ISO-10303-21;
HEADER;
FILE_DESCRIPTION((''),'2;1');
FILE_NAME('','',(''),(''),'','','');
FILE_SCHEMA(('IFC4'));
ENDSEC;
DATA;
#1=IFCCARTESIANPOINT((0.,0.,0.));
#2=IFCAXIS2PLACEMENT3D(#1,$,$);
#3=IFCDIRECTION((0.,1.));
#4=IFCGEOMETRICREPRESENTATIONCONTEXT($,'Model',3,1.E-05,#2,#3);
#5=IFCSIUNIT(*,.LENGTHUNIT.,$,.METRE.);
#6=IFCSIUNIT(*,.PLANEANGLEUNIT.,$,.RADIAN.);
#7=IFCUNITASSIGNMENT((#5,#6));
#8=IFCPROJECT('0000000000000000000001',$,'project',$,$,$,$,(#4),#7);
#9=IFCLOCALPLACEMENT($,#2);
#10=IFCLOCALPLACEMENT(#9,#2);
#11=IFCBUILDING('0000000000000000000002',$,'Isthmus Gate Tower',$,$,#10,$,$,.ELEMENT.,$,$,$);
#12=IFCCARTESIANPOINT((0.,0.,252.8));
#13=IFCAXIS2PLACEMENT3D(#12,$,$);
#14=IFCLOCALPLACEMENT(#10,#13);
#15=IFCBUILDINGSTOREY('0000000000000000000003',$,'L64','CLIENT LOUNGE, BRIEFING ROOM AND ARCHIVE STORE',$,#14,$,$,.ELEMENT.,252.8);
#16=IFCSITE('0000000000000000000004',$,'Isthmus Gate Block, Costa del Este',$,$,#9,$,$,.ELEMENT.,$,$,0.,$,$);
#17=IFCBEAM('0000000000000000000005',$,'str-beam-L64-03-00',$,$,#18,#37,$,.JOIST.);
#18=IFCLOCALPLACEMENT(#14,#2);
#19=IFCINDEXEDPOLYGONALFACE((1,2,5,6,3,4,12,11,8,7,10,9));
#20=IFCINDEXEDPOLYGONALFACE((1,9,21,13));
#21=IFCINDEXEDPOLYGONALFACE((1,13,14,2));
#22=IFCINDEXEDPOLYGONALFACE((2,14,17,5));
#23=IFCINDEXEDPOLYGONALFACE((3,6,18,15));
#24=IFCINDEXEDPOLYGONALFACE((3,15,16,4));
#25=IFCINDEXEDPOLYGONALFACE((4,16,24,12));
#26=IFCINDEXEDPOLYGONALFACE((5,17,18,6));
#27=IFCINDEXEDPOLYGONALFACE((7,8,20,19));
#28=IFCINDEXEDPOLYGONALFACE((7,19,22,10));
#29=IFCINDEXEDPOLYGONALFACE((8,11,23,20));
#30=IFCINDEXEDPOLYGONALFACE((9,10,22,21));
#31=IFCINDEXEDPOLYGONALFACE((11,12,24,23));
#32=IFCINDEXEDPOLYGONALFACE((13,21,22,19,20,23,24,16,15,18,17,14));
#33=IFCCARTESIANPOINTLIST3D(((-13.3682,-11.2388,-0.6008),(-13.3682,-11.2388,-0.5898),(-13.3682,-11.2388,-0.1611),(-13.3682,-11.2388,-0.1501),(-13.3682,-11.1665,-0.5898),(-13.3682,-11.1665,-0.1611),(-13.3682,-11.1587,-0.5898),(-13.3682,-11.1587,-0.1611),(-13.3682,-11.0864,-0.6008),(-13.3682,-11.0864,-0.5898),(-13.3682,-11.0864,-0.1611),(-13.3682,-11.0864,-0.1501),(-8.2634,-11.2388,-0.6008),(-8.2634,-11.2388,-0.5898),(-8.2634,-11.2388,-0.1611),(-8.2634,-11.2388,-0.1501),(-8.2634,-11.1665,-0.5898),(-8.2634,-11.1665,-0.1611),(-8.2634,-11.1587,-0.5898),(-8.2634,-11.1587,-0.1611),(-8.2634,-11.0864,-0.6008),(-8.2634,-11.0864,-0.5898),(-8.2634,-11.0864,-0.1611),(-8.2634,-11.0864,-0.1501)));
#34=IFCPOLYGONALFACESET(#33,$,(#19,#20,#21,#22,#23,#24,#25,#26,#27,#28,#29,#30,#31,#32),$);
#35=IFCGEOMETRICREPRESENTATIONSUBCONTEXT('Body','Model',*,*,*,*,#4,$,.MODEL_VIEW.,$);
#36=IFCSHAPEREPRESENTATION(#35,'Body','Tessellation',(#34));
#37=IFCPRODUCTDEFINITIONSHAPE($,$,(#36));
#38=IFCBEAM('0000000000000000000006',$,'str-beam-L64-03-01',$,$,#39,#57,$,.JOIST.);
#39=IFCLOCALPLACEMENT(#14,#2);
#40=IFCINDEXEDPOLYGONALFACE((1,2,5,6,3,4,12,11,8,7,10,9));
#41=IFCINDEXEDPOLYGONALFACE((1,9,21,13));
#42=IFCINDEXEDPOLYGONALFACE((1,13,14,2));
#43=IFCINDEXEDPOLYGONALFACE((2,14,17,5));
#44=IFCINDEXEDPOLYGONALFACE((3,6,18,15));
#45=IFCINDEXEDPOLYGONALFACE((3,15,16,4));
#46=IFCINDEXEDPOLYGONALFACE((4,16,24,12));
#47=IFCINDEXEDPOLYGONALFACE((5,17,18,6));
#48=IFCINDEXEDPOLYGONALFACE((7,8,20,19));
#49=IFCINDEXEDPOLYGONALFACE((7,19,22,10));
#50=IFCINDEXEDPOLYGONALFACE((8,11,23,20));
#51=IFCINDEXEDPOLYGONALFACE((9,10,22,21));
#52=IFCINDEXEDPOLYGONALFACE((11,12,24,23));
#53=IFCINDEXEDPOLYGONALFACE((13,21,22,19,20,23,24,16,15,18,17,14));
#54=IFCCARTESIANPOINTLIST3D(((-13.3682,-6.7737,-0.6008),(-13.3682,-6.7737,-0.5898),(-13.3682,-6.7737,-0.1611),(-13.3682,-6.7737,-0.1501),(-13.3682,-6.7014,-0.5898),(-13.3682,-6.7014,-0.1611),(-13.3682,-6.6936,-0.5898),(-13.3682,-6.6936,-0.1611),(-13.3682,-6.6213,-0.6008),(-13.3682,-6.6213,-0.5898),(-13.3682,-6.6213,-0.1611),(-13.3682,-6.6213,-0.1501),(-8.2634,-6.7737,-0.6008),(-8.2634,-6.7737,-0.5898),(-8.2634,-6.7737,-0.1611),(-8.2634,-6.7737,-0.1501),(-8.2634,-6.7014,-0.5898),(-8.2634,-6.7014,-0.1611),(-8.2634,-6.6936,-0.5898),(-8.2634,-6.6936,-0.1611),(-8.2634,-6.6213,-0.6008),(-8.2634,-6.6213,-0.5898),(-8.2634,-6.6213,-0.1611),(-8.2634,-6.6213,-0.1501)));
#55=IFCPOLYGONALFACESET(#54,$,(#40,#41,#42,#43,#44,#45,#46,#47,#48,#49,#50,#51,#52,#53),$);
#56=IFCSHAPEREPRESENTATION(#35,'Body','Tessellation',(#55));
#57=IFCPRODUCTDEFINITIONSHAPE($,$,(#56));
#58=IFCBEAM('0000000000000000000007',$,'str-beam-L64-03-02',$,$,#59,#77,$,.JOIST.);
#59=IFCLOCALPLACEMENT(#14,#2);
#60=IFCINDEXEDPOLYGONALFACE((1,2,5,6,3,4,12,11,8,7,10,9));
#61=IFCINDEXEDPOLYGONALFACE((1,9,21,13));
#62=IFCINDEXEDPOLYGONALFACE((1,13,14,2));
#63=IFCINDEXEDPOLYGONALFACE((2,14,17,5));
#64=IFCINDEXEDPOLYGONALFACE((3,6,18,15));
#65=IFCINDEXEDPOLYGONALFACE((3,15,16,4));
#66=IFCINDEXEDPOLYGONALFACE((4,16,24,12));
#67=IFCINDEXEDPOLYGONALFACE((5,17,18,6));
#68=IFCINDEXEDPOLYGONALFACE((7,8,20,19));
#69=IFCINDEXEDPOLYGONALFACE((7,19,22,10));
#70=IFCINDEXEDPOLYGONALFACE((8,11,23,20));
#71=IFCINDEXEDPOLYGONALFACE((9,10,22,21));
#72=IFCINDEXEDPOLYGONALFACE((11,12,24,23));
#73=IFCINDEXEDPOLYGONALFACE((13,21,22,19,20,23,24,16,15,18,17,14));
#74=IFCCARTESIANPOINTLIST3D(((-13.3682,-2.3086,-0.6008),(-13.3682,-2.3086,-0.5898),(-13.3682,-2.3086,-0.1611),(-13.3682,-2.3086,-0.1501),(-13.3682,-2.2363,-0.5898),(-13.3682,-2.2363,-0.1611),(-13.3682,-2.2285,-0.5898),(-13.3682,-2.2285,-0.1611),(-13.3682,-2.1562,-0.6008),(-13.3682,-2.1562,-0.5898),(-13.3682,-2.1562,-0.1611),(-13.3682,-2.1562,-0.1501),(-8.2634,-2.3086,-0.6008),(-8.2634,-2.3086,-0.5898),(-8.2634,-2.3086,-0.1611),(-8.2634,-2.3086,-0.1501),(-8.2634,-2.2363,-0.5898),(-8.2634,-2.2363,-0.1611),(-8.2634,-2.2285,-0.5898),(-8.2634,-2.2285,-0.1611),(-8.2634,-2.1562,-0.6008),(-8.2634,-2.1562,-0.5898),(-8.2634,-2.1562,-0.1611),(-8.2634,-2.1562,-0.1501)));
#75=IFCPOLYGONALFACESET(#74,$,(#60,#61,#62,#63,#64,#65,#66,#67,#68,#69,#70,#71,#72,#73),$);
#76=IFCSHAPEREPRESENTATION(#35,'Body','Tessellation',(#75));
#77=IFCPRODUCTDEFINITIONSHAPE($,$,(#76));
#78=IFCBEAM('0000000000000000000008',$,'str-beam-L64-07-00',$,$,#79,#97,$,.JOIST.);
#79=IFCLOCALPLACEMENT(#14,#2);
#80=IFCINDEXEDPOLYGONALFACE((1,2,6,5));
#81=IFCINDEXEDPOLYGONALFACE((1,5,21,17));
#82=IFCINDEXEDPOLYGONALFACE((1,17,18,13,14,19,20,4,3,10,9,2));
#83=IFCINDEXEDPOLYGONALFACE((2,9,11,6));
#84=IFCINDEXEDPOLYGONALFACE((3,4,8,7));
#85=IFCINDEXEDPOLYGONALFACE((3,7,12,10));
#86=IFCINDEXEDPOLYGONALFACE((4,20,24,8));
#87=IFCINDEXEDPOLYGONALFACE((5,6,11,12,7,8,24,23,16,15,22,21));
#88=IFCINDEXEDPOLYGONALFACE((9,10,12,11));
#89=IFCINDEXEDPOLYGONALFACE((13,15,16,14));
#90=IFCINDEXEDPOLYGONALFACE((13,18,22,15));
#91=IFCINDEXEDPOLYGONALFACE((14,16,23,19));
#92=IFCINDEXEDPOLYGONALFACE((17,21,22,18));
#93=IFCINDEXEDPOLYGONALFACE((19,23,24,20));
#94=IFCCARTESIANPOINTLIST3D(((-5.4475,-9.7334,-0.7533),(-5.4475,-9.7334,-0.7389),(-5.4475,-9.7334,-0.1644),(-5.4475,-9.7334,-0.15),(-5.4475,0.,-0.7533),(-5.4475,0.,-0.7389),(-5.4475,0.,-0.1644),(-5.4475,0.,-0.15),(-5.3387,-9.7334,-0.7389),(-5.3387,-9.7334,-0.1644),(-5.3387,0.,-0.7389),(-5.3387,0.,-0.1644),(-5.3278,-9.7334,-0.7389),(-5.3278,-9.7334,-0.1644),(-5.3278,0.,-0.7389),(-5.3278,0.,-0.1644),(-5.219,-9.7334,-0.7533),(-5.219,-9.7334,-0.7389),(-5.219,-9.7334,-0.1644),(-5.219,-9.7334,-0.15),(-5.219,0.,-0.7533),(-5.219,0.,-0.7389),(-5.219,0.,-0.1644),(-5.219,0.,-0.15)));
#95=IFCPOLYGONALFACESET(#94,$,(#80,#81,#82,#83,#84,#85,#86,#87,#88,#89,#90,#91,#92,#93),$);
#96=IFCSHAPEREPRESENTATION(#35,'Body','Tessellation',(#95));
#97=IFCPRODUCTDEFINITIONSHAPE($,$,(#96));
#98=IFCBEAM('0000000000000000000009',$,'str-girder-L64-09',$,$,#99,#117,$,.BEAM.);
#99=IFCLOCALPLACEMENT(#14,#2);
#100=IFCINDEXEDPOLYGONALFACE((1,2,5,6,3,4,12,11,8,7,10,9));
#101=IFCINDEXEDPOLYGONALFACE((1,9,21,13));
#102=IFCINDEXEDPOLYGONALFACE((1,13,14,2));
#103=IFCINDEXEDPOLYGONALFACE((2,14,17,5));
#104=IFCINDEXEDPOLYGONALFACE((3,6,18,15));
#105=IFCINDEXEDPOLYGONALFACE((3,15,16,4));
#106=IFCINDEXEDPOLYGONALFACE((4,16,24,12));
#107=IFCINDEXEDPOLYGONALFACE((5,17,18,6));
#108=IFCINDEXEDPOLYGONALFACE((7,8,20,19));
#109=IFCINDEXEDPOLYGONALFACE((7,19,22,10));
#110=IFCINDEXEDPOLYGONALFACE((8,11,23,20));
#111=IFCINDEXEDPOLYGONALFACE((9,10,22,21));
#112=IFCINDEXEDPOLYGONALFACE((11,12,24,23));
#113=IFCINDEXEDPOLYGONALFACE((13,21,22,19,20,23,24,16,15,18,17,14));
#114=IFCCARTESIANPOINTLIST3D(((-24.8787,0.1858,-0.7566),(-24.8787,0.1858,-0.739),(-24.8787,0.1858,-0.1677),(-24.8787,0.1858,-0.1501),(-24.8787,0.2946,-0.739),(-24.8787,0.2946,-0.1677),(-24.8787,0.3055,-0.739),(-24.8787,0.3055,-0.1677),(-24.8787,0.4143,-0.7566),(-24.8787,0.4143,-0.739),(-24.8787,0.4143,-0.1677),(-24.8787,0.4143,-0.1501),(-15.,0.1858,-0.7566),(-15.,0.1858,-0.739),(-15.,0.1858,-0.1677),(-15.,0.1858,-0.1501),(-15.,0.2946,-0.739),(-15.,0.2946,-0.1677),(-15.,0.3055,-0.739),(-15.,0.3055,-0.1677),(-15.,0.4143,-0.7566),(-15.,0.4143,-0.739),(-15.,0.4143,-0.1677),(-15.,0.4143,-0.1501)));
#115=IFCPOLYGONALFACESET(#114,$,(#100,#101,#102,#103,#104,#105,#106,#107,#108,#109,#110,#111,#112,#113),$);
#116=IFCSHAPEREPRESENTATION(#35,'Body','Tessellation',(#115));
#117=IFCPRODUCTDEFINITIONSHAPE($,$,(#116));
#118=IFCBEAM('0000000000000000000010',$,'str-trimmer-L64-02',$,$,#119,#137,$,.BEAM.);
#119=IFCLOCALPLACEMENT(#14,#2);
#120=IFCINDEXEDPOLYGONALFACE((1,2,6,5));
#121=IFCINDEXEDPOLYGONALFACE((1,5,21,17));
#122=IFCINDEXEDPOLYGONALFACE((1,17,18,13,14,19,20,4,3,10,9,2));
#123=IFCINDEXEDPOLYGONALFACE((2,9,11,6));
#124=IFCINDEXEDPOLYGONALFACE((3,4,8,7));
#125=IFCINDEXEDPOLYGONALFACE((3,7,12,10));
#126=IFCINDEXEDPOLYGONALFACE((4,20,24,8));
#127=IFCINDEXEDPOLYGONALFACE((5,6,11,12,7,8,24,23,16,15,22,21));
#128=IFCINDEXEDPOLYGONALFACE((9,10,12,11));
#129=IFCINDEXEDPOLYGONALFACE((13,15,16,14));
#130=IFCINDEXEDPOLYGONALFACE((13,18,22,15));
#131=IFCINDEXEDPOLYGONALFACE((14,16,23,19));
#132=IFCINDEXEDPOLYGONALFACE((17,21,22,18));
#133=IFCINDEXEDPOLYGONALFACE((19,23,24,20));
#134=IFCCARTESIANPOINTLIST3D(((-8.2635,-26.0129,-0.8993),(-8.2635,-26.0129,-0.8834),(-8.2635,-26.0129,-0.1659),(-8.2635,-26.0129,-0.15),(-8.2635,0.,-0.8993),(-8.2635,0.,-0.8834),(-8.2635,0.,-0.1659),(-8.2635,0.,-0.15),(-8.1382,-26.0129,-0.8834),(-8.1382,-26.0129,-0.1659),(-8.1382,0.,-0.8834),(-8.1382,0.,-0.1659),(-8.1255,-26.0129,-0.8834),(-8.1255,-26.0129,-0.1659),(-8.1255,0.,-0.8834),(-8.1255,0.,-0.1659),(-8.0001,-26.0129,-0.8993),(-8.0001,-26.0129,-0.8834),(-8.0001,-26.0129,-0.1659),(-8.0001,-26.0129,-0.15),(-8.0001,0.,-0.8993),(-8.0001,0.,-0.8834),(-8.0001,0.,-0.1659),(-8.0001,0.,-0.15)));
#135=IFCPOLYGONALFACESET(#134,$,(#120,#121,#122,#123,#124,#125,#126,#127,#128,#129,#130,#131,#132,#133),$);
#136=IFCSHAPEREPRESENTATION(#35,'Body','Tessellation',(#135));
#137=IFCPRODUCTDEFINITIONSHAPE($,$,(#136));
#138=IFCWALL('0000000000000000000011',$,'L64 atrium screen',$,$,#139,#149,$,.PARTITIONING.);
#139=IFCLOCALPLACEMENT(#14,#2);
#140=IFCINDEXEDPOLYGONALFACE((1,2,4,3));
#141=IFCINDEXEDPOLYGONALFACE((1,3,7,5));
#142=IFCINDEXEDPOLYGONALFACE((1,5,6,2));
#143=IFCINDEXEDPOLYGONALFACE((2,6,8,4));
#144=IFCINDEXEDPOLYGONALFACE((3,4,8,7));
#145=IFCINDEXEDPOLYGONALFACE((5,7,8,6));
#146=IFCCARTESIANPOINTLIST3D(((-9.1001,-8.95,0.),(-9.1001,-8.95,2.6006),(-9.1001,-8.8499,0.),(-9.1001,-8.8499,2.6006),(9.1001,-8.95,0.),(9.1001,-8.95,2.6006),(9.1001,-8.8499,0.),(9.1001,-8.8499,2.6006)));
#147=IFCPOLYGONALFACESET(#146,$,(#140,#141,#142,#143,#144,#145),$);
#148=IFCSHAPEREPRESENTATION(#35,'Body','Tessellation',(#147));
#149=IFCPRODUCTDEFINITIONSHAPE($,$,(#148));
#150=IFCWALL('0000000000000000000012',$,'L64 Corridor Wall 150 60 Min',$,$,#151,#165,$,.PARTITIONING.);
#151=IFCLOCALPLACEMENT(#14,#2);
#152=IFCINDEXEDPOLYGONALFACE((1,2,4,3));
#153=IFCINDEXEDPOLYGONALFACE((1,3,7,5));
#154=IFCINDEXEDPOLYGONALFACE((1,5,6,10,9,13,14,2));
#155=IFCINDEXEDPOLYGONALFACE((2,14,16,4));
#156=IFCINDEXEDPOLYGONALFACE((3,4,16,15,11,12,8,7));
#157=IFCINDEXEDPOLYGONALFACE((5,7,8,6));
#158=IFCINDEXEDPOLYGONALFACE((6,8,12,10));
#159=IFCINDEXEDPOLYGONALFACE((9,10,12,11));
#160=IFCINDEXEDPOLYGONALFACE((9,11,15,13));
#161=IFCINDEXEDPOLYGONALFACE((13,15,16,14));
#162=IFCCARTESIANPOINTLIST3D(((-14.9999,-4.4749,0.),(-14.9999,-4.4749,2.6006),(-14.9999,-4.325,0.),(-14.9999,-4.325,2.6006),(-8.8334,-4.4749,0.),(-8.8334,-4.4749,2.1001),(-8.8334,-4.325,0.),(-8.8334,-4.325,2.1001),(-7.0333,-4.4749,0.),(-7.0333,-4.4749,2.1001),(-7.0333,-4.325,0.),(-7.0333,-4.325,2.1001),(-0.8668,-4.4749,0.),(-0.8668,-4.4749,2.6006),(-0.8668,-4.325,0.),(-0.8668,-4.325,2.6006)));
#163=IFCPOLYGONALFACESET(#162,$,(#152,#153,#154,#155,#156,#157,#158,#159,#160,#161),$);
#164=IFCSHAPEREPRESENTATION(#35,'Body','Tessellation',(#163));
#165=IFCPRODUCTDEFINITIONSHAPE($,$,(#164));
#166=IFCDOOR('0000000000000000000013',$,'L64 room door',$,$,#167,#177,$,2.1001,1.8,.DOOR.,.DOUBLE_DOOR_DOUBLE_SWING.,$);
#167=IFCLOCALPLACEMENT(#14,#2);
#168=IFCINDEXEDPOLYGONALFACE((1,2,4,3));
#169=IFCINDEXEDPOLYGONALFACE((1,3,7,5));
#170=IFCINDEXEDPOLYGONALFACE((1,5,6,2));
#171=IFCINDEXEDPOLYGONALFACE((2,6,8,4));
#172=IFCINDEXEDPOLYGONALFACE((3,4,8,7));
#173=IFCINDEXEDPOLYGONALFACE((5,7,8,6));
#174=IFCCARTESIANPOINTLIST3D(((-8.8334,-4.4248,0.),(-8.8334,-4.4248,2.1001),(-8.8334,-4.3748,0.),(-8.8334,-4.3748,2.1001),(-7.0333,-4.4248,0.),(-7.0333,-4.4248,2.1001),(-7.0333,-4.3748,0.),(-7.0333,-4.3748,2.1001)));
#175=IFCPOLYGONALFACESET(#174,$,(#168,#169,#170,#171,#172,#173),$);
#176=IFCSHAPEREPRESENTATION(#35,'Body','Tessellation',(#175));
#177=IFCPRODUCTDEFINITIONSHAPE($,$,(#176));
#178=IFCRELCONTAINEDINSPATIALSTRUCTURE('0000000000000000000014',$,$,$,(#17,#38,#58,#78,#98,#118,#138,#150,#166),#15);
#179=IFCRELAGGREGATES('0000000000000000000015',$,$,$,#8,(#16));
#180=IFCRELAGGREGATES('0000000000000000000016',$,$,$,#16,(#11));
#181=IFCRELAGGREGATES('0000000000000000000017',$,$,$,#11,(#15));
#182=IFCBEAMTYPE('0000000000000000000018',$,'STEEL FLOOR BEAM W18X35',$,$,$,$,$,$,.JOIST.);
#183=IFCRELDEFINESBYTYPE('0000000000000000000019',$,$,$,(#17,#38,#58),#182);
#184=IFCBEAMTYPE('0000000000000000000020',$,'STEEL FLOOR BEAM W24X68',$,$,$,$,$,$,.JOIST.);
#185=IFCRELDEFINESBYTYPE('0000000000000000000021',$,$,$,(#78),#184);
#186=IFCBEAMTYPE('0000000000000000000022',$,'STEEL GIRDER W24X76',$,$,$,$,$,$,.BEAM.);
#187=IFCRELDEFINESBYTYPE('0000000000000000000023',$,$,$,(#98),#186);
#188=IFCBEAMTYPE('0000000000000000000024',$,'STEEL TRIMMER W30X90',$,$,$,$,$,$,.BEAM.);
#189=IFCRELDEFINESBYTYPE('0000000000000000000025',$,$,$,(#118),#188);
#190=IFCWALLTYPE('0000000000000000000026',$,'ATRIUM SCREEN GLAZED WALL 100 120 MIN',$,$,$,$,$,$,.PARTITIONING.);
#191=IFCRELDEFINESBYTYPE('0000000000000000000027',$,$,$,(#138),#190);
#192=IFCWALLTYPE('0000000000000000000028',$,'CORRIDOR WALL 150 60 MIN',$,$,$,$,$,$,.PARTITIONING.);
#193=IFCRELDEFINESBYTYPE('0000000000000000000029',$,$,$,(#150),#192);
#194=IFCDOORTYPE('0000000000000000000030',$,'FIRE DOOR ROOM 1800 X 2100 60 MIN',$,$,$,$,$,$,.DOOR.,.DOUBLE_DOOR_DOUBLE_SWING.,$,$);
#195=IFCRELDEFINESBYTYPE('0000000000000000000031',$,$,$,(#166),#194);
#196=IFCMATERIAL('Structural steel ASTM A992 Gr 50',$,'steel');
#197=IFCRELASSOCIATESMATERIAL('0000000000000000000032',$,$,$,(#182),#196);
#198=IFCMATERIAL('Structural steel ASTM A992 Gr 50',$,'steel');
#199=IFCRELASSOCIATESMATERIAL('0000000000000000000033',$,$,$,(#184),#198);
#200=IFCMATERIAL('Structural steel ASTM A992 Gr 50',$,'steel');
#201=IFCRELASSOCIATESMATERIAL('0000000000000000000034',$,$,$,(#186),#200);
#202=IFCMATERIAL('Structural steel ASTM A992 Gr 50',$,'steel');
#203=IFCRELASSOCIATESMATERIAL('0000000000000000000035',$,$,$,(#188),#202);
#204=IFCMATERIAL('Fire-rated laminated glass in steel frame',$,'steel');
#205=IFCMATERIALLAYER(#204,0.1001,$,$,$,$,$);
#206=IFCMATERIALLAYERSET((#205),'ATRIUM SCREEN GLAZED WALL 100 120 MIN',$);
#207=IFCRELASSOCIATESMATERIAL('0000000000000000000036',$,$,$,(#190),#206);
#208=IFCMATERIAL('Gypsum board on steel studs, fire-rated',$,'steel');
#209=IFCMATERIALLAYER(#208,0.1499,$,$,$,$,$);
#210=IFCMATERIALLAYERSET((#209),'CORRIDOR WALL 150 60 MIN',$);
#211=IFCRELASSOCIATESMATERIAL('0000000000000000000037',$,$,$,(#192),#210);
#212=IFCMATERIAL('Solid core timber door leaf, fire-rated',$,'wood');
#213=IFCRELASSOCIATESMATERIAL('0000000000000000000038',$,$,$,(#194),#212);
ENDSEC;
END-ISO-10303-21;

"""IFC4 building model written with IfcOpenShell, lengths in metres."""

from ifc_helpers import new_model, si_unit, direction, frame, frame_2d, origin, origin_2d, place, context, subcontext, project, spatial, rectangle, i_section, extrude, material, layer, layer_set, material_profile, profile_set, type_object, element, fill, save


model = new_model("IFC4")

# Units and contexts
model_context = context("Model", 3, precision=1e-05, world=origin(), true_north=direction((0.0, 1.0)))
body_context = subcontext(model_context, "Body", "Model", "MODEL_VIEW")
ifc_project = project(units=[si_unit("LENGTHUNIT", "METRE"), si_unit("PLANEANGLEUNIT", "RADIAN")], contexts=[model_context])

# Site, building, storey
site_placement = place(None, origin())
site = spatial("IfcSite", under=ifc_project, at=site_placement, Name="Isthmus Gate Block, Costa del Este", CompositionType="ELEMENT", RefElevation=0.0)
building_placement = place(site_placement, origin())
building = spatial("IfcBuilding", under=site, at=building_placement, Name="Isthmus Gate Tower", CompositionType="ELEMENT")
storey_placement = place(building_placement, frame((0.0, 0.0, 252.8)))
storey = spatial("IfcBuildingStorey", under=building, at=storey_placement, Name="L64", Description="CLIENT LOUNGE, BRIEFING ROOM AND ARCHIVE STORE", CompositionType="ELEMENT", Elevation=252.8)

# Beams
ifc_material_1 = material(Name="Structural steel ASTM A992 Gr 50", Category="steel")
ifc_material_profile_1 = material_profile(ifc_material_1, i_section(OverallWidth=0.1523, OverallDepth=0.4507, WebThickness=0.0078, FlangeThickness=0.011, at=origin_2d()), Name="W18X35")
ifc_profile_set_1 = profile_set([ifc_material_profile_1], Name="Structural steel ASTM A992 Gr 50")
beam_type_1 = type_object("IfcBeamType", Name="STEEL FLOOR BEAM W18X35", PredefinedType="JOIST", material=ifc_profile_set_1)
for number, where, z_axis, x_axis, name in (
    (1, (-13.3682, -11.1626, -0.3755), (1.0, 0.0, 0.0), (0.0, 1.0, 0.0), "str-beam-L64-03-00"),
    (2, (-13.3682, -6.6975, -0.3755), (1.0, 0.0, 0.0), (0.0, 1.0, 0.0), "str-beam-L64-03-01"),
    (3, (-13.3682, -2.2324, -0.3755), (1.0, 0.0, 0.0), (0.0, 1.0, 0.0), "str-beam-L64-03-02"),
):
    element("IfcBeam", number, at=place(storey_placement, frame(where, z_axis=z_axis, x_axis=x_axis)), inside=storey, type_object=beam_type_1, Name=name, PredefinedType="JOIST", context=body_context, shape_type="SweptSolid", body=[
        extrude(i_section(OverallWidth=0.1523, OverallDepth=0.4507, WebThickness=0.0078, FlangeThickness=0.011, at=origin_2d()), origin(), (0.0, 0.0, 1.0), 5.1047),
    ])
ifc_material_2 = material(Name="Structural steel ASTM A992 Gr 50", Category="steel")
ifc_material_profile_2 = material_profile(ifc_material_2, i_section(OverallWidth=0.2285, OverallDepth=0.6033, WebThickness=0.011, FlangeThickness=0.0144, at=origin_2d()), Name="W24X68")
ifc_profile_set_2 = profile_set([ifc_material_profile_2], Name="Structural steel ASTM A992 Gr 50")
beam_type_2 = type_object("IfcBeamType", Name="STEEL FLOOR BEAM W24X68", PredefinedType="JOIST", material=ifc_profile_set_2)
beam_1_placement = place(storey_placement, frame((-5.3333, -9.7334, -0.4517), z_axis=(0.0, 1.0, 0.0), x_axis=(-1.0, 0.0, 0.0)))
element("IfcBeam", 4, at=beam_1_placement, inside=storey, type_object=beam_type_2, Name="str-beam-L64-07-00", PredefinedType="JOIST", context=body_context, shape_type="SweptSolid", body=[
    extrude(i_section(OverallWidth=0.2285, OverallDepth=0.6033, WebThickness=0.011, FlangeThickness=0.0144, at=origin_2d()), origin(), (0.0, 0.0, 1.0), 9.7334),
])
ifc_material_3 = material(Name="Structural steel ASTM A992 Gr 50", Category="steel")
ifc_material_profile_3 = material_profile(ifc_material_3, i_section(OverallWidth=0.2285, OverallDepth=0.6064, WebThickness=0.011, FlangeThickness=0.0176, at=origin_2d()), Name="W24X76")
ifc_profile_set_3 = profile_set([ifc_material_profile_3], Name="Structural steel ASTM A992 Gr 50")
beam_type_3 = type_object("IfcBeamType", Name="STEEL GIRDER W24X76", PredefinedType="BEAM", material=ifc_profile_set_3)
beam_2_placement = place(storey_placement, frame((-15.0, 0.3, -0.4534), z_axis=(-1.0, 0.0, 0.0), x_axis=(0.0, -1.0, 0.0)))
element("IfcBeam", 5, at=beam_2_placement, inside=storey, type_object=beam_type_3, Name="str-girder-L64-09", PredefinedType="BEAM", context=body_context, shape_type="SweptSolid", body=[
    extrude(i_section(OverallWidth=0.2285, OverallDepth=0.6064, WebThickness=0.011, FlangeThickness=0.0176, at=origin_2d()), origin(), (0.0, 0.0, 1.0), 9.8787),
])
ifc_material_4 = material(Name="Structural steel ASTM A992 Gr 50", Category="steel")
ifc_material_profile_4 = material_profile(ifc_material_4, i_section(OverallWidth=0.2634, OverallDepth=0.7493, WebThickness=0.0127, FlangeThickness=0.0159, at=origin_2d()), Name="W30X90")
ifc_profile_set_4 = profile_set([ifc_material_profile_4], Name="Structural steel ASTM A992 Gr 50")
beam_type_4 = type_object("IfcBeamType", Name="STEEL TRIMMER W30X90", PredefinedType="BEAM", material=ifc_profile_set_4)
beam_3_placement = place(storey_placement, frame((-8.1318, 0.0, -0.5247), z_axis=(0.0, -1.0, 0.0), x_axis=(1.0, 0.0, 0.0)))
element("IfcBeam", 6, at=beam_3_placement, inside=storey, type_object=beam_type_4, Name="str-trimmer-L64-02", PredefinedType="BEAM", context=body_context, shape_type="SweptSolid", body=[
    extrude(i_section(OverallWidth=0.2634, OverallDepth=0.7493, WebThickness=0.0127, FlangeThickness=0.0159, at=origin_2d()), origin(), (0.0, 0.0, 1.0), 26.0129),
])

# Wall
ifc_material_5 = material(Name="Fire-rated laminated glass in steel frame", Category="steel")
ifc_layer_1 = layer(ifc_material_5, 0.1001)
ifc_layer_set_1 = layer_set([ifc_layer_1], Name="ATRIUM SCREEN GLAZED WALL 100 120 MIN")
wall_type_1 = type_object("IfcWallType", Name="ATRIUM SCREEN GLAZED WALL 100 120 MIN", PredefinedType="PARTITIONING", material=ifc_layer_set_1)
wall_1_placement = place(storey_placement, frame((-9.1001, -8.8999, 0.0), z_axis=(0.0, 0.0, 1.0), x_axis=(1.0, 0.0, 0.0)))
element("IfcWall", 7, at=wall_1_placement, inside=storey, type_object=wall_type_1, Name="L64 atrium screen", PredefinedType="PARTITIONING", context=body_context, shape_type="SweptSolid", body=[
    extrude(rectangle(XDim=18.2002, YDim=0.1001, at=frame_2d((9.1001, 0.0))), origin(), (0.0, 0.0, 1.0), 2.6006),
])

# Wall, opening, door
ifc_material_6 = material(Name="Gypsum board on steel studs, fire-rated", Category="steel")
ifc_layer_2 = layer(ifc_material_6, 0.1499)
ifc_layer_set_2 = layer_set([ifc_layer_2], Name="CORRIDOR WALL 150 60 MIN")
wall_type_2 = type_object("IfcWallType", Name="CORRIDOR WALL 150 60 MIN", PredefinedType="PARTITIONING", material=ifc_layer_set_2)
wall_2_placement = place(storey_placement, frame((-0.8669, -4.3999, 0.0), z_axis=(0.0, 0.0, 1.0), x_axis=(-1.0, 0.0, 0.0)))
wall_2 = element("IfcWall", 8, at=wall_2_placement, inside=storey, type_object=wall_type_2, Name="L64 Corridor Wall 150 60 Min", PredefinedType="PARTITIONING", context=body_context, shape_type="SweptSolid", body=[
    extrude(rectangle(XDim=14.1331, YDim=0.1499, at=frame_2d((7.0664, 0.0))), origin(), (0.0, 0.0, 1.0), 2.6006),
])
opening_1_placement = place(wall_2_placement, frame((6.1665, 0.0, 0.0)))
opening_1 = element("IfcOpeningElement", 9, at=opening_1_placement, cuts=wall_2, PredefinedType="OPENING", context=body_context, shape_type="SweptSolid", body=[
    extrude(rectangle(XDim=1.8, YDim=2.1001, at=frame_2d((0.8999, 1.05))), frame((0.0, 0.085, 0.0), z_axis=(0.0, -1.0, 0.0), x_axis=(1.0, 0.0, 0.0)), (0.0, 0.0, 1.0), 0.1699),
])
ifc_material_7 = material(Name="Solid core timber door leaf, fire-rated", Category="wood")
door_type_1 = type_object("IfcDoorType", Name="FIRE DOOR ROOM 1800 X 2100 60 MIN", OperationType="DOUBLE_DOOR_DOUBLE_SWING", PredefinedType="DOOR", material=ifc_material_7)
door_1_placement = place(opening_1_placement, origin())
door_1 = element("IfcDoor", 10, at=door_1_placement, inside=storey, type_object=door_type_1, Name="L64 room door", OperationType="DOUBLE_DOOR_DOUBLE_SWING", OverallHeight=2.1001, OverallWidth=1.8, PredefinedType="DOOR", context=body_context, shape_type="SweptSolid", body=[
    extrude(rectangle(XDim=1.8, YDim=2.1001, at=frame_2d((0.8999, 1.05))), frame((0.0, 0.0249, 0.0), z_axis=(0.0, -1.0, 0.0), x_axis=(1.0, 0.0, 0.0)), (0.0, 0.0, 1.0), 0.05),
])
fill(opening_1, door_1)

save(model, "model.ifc")
